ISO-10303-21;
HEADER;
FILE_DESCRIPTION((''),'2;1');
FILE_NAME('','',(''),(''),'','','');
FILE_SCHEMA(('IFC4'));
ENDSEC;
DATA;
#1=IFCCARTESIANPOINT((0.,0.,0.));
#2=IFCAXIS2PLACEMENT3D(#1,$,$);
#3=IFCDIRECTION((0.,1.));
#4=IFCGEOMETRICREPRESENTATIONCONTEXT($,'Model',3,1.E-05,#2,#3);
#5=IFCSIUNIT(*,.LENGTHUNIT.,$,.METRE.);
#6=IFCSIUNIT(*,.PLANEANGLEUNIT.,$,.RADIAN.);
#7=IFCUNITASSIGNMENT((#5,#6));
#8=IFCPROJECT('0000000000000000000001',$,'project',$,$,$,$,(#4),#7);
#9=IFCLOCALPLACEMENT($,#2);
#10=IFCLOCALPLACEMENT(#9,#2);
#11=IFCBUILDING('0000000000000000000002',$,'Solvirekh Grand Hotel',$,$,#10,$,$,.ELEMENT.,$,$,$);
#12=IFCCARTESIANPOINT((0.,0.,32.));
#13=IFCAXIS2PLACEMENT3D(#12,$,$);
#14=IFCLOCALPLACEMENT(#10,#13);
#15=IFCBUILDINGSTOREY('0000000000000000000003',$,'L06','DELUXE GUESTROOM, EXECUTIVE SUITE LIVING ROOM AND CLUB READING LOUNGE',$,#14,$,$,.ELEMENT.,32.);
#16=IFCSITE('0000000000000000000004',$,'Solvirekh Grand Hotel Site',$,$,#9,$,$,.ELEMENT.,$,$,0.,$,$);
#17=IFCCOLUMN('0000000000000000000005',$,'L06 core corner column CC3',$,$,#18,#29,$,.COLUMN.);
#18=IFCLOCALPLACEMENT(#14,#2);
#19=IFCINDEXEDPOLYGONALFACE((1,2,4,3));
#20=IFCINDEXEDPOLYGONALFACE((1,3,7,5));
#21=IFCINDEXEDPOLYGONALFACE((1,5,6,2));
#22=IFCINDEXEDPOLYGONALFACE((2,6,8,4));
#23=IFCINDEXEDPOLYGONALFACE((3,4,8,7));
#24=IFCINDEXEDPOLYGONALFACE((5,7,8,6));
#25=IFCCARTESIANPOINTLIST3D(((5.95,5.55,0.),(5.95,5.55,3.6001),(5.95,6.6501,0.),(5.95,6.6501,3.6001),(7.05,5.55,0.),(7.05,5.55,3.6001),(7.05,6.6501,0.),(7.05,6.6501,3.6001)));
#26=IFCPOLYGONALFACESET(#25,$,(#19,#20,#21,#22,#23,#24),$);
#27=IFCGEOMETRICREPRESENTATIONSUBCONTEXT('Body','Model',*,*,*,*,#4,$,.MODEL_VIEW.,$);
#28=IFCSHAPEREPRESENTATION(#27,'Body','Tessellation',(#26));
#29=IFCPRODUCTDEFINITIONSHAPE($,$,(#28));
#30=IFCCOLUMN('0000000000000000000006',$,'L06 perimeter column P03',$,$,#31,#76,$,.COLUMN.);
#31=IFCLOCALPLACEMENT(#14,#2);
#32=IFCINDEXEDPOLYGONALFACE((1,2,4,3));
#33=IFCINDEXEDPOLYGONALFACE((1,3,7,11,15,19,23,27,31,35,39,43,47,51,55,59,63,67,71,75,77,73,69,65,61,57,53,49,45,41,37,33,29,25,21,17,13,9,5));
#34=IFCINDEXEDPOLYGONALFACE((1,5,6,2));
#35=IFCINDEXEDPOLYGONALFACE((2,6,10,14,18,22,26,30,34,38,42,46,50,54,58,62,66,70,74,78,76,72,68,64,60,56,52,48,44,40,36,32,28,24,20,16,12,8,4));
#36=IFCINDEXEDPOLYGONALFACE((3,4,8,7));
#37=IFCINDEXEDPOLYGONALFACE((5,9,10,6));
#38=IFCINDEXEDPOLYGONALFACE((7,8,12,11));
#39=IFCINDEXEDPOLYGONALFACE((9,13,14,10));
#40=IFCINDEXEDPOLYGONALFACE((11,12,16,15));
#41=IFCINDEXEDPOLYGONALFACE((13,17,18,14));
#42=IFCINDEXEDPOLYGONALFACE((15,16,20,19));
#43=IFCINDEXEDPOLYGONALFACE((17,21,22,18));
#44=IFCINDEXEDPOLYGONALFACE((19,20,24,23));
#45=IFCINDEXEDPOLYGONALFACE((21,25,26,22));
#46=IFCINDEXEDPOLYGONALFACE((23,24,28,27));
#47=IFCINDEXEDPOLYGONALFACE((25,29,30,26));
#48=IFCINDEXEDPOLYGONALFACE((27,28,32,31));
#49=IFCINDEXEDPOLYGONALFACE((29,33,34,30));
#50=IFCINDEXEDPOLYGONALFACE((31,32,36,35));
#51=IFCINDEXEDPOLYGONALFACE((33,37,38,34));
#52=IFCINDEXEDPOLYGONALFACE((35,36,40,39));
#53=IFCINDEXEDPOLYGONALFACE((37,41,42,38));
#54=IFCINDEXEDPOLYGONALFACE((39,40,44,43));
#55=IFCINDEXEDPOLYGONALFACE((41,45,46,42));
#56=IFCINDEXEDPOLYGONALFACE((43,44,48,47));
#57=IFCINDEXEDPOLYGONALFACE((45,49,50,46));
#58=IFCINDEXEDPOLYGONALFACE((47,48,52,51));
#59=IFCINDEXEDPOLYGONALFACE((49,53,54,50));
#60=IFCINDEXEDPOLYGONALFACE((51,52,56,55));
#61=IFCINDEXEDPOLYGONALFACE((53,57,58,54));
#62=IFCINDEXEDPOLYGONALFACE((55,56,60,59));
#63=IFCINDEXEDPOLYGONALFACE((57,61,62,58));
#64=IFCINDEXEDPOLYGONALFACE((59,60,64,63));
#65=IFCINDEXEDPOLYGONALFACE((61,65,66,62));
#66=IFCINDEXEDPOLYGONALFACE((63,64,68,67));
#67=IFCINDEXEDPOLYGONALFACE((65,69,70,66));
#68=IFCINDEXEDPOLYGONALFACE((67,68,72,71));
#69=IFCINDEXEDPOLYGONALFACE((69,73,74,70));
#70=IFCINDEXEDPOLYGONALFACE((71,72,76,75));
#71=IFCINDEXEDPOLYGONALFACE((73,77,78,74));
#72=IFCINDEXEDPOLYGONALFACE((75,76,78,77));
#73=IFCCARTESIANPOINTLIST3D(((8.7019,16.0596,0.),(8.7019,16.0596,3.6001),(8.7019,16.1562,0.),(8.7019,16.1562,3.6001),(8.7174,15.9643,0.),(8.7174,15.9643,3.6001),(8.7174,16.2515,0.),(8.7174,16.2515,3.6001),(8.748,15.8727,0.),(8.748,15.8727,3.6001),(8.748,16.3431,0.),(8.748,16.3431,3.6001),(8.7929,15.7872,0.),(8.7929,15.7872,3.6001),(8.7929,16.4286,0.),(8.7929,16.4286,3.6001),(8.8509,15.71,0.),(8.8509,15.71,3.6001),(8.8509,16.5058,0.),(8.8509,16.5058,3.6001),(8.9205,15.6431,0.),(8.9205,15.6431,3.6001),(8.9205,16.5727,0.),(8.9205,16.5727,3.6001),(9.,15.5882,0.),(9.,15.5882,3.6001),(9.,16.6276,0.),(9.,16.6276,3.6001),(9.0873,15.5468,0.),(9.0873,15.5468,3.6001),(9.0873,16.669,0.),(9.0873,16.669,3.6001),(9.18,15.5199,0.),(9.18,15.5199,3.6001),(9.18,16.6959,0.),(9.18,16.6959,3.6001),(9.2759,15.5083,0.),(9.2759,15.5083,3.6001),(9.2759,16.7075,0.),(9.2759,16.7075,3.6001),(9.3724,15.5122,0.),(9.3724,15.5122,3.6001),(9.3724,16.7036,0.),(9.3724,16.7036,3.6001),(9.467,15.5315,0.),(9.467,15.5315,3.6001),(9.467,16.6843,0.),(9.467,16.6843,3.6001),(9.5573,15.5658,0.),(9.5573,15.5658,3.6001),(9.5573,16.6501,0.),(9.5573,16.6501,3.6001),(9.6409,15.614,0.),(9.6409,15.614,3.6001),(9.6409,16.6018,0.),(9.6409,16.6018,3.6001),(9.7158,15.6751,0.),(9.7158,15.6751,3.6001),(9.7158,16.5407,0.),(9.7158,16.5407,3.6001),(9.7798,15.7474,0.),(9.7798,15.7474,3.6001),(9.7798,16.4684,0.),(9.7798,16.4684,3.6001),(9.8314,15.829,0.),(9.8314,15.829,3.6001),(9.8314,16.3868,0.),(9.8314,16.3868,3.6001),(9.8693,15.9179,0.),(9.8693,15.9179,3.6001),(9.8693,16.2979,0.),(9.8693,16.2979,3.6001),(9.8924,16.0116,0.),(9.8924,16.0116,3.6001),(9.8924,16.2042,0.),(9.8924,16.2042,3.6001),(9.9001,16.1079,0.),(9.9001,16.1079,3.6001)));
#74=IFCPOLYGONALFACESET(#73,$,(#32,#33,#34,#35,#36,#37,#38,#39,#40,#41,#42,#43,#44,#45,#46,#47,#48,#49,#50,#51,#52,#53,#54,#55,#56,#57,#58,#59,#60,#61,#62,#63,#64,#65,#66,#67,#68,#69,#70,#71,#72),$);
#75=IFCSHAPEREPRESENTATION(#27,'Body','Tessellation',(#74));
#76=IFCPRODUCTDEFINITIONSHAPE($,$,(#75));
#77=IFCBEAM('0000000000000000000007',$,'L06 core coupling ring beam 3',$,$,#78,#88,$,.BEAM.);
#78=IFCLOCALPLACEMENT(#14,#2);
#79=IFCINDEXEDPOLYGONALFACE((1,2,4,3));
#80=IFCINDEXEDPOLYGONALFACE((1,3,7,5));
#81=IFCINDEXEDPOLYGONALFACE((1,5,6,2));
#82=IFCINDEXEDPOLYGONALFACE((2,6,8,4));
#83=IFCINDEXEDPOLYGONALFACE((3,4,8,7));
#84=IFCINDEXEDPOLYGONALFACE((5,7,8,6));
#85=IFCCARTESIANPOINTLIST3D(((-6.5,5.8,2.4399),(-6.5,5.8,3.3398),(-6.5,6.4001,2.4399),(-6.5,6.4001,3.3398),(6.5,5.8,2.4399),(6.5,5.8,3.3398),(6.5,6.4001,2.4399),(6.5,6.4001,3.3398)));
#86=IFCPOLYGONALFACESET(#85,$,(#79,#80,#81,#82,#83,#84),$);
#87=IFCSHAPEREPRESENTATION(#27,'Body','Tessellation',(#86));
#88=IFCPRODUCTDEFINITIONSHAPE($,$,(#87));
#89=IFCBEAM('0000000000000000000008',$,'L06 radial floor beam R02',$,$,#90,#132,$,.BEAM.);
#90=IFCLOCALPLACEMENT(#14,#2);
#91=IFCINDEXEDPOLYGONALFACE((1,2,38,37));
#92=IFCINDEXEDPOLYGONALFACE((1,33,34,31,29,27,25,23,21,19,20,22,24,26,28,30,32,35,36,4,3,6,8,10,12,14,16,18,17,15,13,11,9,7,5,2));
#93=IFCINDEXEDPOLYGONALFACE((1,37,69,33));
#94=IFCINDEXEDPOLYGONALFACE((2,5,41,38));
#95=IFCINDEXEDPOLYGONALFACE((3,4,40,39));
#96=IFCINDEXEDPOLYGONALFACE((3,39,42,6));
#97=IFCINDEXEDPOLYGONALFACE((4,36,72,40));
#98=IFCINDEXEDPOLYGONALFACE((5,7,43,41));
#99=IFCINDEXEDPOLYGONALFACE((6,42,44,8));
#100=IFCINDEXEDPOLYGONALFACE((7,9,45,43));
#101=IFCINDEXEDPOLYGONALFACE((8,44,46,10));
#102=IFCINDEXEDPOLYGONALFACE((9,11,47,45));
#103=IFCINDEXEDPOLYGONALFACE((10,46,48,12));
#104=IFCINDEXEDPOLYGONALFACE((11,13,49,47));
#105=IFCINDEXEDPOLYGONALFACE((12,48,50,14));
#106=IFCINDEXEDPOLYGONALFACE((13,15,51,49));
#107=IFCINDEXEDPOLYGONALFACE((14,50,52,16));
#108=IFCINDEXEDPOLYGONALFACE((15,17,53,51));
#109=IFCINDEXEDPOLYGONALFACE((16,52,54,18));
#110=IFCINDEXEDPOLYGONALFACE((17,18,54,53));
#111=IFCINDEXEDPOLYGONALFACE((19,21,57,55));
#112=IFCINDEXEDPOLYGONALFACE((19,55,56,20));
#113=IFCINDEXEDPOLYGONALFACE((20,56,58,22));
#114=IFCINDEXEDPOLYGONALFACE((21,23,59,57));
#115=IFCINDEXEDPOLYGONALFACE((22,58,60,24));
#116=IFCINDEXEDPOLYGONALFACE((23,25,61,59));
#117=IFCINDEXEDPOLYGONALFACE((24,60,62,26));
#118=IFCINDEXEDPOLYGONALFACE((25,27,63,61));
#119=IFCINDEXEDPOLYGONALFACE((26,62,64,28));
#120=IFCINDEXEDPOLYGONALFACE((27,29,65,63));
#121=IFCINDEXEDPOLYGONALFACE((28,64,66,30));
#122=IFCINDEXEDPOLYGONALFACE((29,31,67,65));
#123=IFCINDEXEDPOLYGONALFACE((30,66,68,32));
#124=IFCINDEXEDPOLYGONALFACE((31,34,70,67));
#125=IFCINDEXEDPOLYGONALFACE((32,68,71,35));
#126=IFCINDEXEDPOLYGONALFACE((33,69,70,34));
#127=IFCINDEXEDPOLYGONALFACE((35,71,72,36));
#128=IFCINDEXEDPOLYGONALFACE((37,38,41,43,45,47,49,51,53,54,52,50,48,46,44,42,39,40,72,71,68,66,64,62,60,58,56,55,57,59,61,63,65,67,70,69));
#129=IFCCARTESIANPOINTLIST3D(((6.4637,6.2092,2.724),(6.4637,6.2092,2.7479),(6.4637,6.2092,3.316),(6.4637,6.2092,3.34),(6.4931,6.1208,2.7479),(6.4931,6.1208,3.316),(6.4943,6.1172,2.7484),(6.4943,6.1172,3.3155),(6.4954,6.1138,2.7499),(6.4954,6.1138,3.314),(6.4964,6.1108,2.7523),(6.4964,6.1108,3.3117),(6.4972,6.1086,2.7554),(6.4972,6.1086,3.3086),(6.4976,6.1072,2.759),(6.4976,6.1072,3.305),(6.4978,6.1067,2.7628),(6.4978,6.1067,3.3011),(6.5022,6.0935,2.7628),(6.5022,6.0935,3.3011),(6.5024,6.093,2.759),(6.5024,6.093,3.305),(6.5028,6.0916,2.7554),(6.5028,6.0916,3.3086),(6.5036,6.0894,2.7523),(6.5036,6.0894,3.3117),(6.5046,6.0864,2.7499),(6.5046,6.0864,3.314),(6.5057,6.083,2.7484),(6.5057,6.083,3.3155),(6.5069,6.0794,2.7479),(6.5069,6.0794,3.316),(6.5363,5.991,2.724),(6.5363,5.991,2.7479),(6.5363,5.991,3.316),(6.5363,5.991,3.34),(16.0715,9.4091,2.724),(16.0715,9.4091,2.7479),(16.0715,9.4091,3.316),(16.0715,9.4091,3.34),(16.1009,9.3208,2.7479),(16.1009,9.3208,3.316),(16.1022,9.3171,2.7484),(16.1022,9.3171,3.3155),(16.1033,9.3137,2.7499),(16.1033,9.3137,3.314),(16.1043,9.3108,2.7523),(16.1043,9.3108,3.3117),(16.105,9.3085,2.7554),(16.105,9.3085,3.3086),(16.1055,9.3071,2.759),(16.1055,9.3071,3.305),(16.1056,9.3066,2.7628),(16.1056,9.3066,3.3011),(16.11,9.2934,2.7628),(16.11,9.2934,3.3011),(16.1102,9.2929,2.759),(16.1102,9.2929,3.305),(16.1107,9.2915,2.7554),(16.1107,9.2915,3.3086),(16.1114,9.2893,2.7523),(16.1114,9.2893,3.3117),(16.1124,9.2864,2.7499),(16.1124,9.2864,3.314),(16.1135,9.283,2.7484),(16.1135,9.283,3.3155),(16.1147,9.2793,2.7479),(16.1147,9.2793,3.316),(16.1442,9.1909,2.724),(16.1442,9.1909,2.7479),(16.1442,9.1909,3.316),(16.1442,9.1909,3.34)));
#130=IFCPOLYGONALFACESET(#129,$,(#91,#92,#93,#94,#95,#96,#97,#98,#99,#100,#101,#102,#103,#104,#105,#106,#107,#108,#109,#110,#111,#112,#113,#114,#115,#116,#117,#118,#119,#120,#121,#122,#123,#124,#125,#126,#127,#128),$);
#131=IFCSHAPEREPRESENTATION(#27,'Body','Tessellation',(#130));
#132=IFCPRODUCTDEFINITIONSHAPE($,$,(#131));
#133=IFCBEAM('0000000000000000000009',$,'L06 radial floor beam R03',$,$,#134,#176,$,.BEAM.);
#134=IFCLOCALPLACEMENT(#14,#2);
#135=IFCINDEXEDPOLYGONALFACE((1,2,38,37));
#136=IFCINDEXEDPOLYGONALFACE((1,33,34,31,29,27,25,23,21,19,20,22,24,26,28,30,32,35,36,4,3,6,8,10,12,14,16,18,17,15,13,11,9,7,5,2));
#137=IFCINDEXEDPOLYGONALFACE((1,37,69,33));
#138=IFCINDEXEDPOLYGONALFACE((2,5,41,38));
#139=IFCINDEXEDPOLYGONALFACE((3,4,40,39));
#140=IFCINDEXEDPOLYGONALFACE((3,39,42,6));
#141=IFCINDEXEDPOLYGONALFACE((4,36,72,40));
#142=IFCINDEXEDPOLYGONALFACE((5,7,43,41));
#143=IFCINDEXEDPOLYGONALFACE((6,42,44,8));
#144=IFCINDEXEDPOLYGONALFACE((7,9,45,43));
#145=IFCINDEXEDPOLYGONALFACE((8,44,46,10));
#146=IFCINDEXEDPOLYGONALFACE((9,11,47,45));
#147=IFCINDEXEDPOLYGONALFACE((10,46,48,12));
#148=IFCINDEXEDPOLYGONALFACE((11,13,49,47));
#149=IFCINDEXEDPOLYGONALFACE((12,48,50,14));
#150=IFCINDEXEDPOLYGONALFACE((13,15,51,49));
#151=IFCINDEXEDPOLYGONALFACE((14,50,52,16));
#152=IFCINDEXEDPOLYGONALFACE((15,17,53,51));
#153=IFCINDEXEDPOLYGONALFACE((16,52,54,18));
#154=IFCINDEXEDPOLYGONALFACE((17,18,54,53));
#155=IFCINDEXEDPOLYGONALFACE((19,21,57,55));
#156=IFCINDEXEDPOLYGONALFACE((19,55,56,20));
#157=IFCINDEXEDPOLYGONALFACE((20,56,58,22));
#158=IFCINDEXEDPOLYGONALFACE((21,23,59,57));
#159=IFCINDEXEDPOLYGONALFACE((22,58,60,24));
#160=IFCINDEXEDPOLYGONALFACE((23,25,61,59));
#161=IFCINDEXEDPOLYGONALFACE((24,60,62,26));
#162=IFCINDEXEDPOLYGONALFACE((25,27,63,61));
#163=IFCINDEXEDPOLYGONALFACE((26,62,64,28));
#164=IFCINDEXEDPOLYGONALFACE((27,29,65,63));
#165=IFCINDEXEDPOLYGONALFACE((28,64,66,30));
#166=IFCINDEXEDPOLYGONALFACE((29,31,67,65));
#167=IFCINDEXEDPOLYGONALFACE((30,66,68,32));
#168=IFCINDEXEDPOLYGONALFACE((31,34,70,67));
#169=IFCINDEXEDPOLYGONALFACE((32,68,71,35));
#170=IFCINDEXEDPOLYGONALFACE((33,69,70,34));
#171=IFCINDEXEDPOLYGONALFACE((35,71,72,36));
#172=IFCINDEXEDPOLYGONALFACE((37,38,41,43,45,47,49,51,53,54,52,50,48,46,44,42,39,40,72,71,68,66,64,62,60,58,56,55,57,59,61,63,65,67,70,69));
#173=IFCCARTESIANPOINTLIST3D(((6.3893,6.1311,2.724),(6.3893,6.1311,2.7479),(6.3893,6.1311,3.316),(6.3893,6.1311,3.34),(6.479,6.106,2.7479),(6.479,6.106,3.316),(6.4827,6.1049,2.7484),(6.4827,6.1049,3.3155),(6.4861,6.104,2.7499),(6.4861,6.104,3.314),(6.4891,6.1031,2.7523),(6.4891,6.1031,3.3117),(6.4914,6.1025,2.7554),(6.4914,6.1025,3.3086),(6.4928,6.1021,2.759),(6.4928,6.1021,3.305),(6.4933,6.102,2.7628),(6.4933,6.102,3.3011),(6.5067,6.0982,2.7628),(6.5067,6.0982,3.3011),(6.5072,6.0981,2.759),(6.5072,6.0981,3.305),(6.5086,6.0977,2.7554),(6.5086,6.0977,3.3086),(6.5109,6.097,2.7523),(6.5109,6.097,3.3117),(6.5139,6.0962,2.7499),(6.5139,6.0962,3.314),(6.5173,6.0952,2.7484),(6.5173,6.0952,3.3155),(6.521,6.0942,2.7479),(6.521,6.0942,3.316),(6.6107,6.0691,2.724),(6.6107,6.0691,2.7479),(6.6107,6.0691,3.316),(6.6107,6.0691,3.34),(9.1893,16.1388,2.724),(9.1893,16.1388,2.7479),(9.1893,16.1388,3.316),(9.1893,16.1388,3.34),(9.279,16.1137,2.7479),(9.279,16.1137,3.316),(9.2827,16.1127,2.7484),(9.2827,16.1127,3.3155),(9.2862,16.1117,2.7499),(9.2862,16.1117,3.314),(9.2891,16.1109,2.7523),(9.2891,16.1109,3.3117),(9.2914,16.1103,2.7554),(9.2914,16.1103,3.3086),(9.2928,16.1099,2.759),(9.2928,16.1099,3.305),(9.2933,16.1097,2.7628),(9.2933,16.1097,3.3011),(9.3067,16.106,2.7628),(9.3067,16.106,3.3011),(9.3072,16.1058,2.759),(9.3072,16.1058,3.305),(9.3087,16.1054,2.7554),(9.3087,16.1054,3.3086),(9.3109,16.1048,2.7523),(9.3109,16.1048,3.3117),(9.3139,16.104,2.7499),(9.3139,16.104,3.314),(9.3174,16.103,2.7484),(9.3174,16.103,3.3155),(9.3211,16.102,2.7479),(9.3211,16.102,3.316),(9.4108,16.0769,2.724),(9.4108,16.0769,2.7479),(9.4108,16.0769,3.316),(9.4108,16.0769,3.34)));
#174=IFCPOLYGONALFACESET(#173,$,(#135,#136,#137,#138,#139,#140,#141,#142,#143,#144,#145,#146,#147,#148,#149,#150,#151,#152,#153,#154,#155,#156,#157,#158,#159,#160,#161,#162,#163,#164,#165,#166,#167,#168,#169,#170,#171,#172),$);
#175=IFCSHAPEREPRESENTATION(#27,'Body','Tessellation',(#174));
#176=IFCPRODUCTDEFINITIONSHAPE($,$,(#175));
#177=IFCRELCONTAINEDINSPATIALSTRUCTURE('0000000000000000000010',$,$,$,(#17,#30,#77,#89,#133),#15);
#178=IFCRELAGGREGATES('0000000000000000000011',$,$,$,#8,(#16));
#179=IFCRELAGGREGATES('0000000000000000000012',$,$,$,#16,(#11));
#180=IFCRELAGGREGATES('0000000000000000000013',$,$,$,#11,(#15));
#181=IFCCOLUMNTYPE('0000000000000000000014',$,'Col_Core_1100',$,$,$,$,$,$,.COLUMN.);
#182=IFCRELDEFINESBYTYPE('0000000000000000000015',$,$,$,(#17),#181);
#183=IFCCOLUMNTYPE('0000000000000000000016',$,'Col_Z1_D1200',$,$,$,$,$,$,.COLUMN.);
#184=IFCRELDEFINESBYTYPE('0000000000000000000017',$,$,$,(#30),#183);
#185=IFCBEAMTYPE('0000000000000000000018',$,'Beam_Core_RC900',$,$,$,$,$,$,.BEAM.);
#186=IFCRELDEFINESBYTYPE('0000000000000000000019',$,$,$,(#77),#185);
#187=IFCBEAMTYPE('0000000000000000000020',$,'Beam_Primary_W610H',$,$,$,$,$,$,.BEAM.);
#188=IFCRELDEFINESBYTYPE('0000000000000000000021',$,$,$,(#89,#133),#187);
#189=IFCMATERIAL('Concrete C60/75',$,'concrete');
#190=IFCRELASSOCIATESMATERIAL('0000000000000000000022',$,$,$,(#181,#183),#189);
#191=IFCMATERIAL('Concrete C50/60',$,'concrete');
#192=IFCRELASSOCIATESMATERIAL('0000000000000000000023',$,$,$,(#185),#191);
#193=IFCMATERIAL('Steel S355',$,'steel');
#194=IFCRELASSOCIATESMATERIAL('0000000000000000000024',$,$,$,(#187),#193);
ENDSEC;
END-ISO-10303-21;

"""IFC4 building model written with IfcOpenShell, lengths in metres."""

from ifc_helpers import new_model, si_unit, direction, frame, origin, origin_2d, place, context, subcontext, project, spatial, rectangle, circle, i_section, extrude, material, material_profile, profile_set, type_object, element, save


model = new_model("IFC4")

# Units and contexts
model_context = context("Model", 3, precision=1e-05, world=origin(), true_north=direction((0.0, 1.0)))
body_context = subcontext(model_context, "Body", "Model", "MODEL_VIEW")
ifc_project = project(units=[si_unit("LENGTHUNIT", "METRE"), si_unit("PLANEANGLEUNIT", "RADIAN")], contexts=[model_context])

# Site, building, storey
site_placement = place(None, origin())
site = spatial("IfcSite", under=ifc_project, at=site_placement, Name="Solvirekh Grand Hotel Site", CompositionType="ELEMENT", RefElevation=0.0)
building_placement = place(site_placement, origin())
building = spatial("IfcBuilding", under=site, at=building_placement, Name="Solvirekh Grand Hotel", CompositionType="ELEMENT")
storey_placement = place(building_placement, frame((0.0, 0.0, 32.0)))
storey = spatial("IfcBuildingStorey", under=building, at=storey_placement, Name="L06", Description="DELUXE GUESTROOM, EXECUTIVE SUITE LIVING ROOM AND CLUB READING LOUNGE", CompositionType="ELEMENT", Elevation=32.0)

# Columns
ifc_material_1 = material(Name="Concrete C60/75", Category="concrete")
ifc_material_profile_1 = material_profile(ifc_material_1, rectangle(XDim=1.1001, YDim=1.1001, at=origin_2d()), Name="RC 1100X1100")
ifc_profile_set_1 = profile_set([ifc_material_profile_1], Name="Concrete C60/75")
column_type_1 = type_object("IfcColumnType", Name="Col_Core_1100", PredefinedType="COLUMN", material=ifc_profile_set_1)
column_1_placement = place(storey_placement, frame((6.5, 6.1001, 0.0), z_axis=(0.0, 0.0, 1.0), x_axis=(1.0, 0.0, 0.0)))
element("IfcColumn", 1, at=column_1_placement, inside=storey, type_object=column_type_1, Name="L06 core corner column CC3", PredefinedType="COLUMN", context=body_context, shape_type="SweptSolid", body=[
    extrude(rectangle(XDim=1.1001, YDim=1.1001, at=origin_2d()), origin(), (0.0, 0.0, 1.0), 3.6001),
])
ifc_material_profile_2 = material_profile(ifc_material_1, circle(Radius=0.6001, at=origin_2d()), Name="RC CIRC D1200")
ifc_profile_set_2 = profile_set([ifc_material_profile_2], Name="Concrete C60/75")
column_type_2 = type_object("IfcColumnType", Name="Col_Z1_D1200", PredefinedType="COLUMN", material=ifc_profile_set_2)
column_2_placement = place(storey_placement, frame((9.3, 16.1079, 0.0), z_axis=(0.0, 0.0, 1.0), x_axis=(1.0, 0.0, 0.0)))
element("IfcColumn", 2, at=column_2_placement, inside=storey, type_object=column_type_2, Name="L06 perimeter column P03", PredefinedType="COLUMN", context=body_context, shape_type="SweptSolid", body=[
    extrude(circle(Radius=0.6001, at=origin_2d()), origin(), (0.0, 0.0, 1.0), 3.6001),
])

# Beams
ifc_material_2 = material(Name="Concrete C50/60", Category="concrete")
ifc_material_profile_3 = material_profile(ifc_material_2, rectangle(XDim=0.6001, YDim=0.8999, at=origin_2d()), Name="RC BEAM 600X900")
ifc_profile_set_3 = profile_set([ifc_material_profile_3], Name="Concrete C50/60")
beam_type_1 = type_object("IfcBeamType", Name="Beam_Core_RC900", PredefinedType="BEAM", material=ifc_profile_set_3)
beam_1_placement = place(storey_placement, frame((6.5, 6.1001, 2.8899), z_axis=(-1.0, 0.0, 0.0), x_axis=(0.0, -1.0, 0.0)))
element("IfcBeam", 3, at=beam_1_placement, inside=storey, type_object=beam_type_1, Name="L06 core coupling ring beam 3", PredefinedType="BEAM", context=body_context, shape_type="SweptSolid", body=[
    extrude(rectangle(XDim=0.6001, YDim=0.8999, at=origin_2d()), origin(), (0.0, 0.0, 1.0), 13.0),
])
ifc_material_3 = material(Name="Steel S355", Category="steel")
ifc_material_profile_4 = material_profile(ifc_material_3, i_section(OverallWidth=0.23, OverallDepth=0.616, WebThickness=0.0139, FlangeThickness=0.0239, FilletRadius=0.0149, at=origin_2d()), Name="W610X174")
ifc_profile_set_4 = profile_set([ifc_material_profile_4], Name="Steel S355")
beam_type_2 = type_object("IfcBeamType", Name="Beam_Primary_W610H", PredefinedType="BEAM", material=ifc_profile_set_4)
beam_2_placement = place(storey_placement, frame((6.5, 6.1001, 3.032), z_axis=(0.948763, 0.315989, 0.0), x_axis=(-0.315989, 0.948763, 0.0)))
element("IfcBeam", 4, at=beam_2_placement, inside=storey, type_object=beam_type_2, Name="L06 radial floor beam R02", PredefinedType="BEAM", context=body_context, shape_type="SweptSolid", body=[
    extrude(i_section(OverallWidth=0.23, OverallDepth=0.616, WebThickness=0.0139, FlangeThickness=0.0239, FilletRadius=0.0149, at=origin_2d()), origin(), (0.0, 0.0, 1.0), 10.1267),
])
beam_3_placement = place(storey_placement, frame((6.5, 6.1001, 3.032), z_axis=(0.269439, 0.963017, 0.0), x_axis=(-0.963017, 0.269439, 0.0)))
element("IfcBeam", 5, at=beam_3_placement, inside=storey, type_object=beam_type_2, Name="L06 radial floor beam R03", PredefinedType="BEAM", context=body_context, shape_type="SweptSolid", body=[
    extrude(i_section(OverallWidth=0.23, OverallDepth=0.616, WebThickness=0.0139, FlangeThickness=0.0239, FilletRadius=0.0149, at=origin_2d()), origin(), (0.0, 0.0, 1.0), 10.3921),
])

save(model, "model.ifc")
